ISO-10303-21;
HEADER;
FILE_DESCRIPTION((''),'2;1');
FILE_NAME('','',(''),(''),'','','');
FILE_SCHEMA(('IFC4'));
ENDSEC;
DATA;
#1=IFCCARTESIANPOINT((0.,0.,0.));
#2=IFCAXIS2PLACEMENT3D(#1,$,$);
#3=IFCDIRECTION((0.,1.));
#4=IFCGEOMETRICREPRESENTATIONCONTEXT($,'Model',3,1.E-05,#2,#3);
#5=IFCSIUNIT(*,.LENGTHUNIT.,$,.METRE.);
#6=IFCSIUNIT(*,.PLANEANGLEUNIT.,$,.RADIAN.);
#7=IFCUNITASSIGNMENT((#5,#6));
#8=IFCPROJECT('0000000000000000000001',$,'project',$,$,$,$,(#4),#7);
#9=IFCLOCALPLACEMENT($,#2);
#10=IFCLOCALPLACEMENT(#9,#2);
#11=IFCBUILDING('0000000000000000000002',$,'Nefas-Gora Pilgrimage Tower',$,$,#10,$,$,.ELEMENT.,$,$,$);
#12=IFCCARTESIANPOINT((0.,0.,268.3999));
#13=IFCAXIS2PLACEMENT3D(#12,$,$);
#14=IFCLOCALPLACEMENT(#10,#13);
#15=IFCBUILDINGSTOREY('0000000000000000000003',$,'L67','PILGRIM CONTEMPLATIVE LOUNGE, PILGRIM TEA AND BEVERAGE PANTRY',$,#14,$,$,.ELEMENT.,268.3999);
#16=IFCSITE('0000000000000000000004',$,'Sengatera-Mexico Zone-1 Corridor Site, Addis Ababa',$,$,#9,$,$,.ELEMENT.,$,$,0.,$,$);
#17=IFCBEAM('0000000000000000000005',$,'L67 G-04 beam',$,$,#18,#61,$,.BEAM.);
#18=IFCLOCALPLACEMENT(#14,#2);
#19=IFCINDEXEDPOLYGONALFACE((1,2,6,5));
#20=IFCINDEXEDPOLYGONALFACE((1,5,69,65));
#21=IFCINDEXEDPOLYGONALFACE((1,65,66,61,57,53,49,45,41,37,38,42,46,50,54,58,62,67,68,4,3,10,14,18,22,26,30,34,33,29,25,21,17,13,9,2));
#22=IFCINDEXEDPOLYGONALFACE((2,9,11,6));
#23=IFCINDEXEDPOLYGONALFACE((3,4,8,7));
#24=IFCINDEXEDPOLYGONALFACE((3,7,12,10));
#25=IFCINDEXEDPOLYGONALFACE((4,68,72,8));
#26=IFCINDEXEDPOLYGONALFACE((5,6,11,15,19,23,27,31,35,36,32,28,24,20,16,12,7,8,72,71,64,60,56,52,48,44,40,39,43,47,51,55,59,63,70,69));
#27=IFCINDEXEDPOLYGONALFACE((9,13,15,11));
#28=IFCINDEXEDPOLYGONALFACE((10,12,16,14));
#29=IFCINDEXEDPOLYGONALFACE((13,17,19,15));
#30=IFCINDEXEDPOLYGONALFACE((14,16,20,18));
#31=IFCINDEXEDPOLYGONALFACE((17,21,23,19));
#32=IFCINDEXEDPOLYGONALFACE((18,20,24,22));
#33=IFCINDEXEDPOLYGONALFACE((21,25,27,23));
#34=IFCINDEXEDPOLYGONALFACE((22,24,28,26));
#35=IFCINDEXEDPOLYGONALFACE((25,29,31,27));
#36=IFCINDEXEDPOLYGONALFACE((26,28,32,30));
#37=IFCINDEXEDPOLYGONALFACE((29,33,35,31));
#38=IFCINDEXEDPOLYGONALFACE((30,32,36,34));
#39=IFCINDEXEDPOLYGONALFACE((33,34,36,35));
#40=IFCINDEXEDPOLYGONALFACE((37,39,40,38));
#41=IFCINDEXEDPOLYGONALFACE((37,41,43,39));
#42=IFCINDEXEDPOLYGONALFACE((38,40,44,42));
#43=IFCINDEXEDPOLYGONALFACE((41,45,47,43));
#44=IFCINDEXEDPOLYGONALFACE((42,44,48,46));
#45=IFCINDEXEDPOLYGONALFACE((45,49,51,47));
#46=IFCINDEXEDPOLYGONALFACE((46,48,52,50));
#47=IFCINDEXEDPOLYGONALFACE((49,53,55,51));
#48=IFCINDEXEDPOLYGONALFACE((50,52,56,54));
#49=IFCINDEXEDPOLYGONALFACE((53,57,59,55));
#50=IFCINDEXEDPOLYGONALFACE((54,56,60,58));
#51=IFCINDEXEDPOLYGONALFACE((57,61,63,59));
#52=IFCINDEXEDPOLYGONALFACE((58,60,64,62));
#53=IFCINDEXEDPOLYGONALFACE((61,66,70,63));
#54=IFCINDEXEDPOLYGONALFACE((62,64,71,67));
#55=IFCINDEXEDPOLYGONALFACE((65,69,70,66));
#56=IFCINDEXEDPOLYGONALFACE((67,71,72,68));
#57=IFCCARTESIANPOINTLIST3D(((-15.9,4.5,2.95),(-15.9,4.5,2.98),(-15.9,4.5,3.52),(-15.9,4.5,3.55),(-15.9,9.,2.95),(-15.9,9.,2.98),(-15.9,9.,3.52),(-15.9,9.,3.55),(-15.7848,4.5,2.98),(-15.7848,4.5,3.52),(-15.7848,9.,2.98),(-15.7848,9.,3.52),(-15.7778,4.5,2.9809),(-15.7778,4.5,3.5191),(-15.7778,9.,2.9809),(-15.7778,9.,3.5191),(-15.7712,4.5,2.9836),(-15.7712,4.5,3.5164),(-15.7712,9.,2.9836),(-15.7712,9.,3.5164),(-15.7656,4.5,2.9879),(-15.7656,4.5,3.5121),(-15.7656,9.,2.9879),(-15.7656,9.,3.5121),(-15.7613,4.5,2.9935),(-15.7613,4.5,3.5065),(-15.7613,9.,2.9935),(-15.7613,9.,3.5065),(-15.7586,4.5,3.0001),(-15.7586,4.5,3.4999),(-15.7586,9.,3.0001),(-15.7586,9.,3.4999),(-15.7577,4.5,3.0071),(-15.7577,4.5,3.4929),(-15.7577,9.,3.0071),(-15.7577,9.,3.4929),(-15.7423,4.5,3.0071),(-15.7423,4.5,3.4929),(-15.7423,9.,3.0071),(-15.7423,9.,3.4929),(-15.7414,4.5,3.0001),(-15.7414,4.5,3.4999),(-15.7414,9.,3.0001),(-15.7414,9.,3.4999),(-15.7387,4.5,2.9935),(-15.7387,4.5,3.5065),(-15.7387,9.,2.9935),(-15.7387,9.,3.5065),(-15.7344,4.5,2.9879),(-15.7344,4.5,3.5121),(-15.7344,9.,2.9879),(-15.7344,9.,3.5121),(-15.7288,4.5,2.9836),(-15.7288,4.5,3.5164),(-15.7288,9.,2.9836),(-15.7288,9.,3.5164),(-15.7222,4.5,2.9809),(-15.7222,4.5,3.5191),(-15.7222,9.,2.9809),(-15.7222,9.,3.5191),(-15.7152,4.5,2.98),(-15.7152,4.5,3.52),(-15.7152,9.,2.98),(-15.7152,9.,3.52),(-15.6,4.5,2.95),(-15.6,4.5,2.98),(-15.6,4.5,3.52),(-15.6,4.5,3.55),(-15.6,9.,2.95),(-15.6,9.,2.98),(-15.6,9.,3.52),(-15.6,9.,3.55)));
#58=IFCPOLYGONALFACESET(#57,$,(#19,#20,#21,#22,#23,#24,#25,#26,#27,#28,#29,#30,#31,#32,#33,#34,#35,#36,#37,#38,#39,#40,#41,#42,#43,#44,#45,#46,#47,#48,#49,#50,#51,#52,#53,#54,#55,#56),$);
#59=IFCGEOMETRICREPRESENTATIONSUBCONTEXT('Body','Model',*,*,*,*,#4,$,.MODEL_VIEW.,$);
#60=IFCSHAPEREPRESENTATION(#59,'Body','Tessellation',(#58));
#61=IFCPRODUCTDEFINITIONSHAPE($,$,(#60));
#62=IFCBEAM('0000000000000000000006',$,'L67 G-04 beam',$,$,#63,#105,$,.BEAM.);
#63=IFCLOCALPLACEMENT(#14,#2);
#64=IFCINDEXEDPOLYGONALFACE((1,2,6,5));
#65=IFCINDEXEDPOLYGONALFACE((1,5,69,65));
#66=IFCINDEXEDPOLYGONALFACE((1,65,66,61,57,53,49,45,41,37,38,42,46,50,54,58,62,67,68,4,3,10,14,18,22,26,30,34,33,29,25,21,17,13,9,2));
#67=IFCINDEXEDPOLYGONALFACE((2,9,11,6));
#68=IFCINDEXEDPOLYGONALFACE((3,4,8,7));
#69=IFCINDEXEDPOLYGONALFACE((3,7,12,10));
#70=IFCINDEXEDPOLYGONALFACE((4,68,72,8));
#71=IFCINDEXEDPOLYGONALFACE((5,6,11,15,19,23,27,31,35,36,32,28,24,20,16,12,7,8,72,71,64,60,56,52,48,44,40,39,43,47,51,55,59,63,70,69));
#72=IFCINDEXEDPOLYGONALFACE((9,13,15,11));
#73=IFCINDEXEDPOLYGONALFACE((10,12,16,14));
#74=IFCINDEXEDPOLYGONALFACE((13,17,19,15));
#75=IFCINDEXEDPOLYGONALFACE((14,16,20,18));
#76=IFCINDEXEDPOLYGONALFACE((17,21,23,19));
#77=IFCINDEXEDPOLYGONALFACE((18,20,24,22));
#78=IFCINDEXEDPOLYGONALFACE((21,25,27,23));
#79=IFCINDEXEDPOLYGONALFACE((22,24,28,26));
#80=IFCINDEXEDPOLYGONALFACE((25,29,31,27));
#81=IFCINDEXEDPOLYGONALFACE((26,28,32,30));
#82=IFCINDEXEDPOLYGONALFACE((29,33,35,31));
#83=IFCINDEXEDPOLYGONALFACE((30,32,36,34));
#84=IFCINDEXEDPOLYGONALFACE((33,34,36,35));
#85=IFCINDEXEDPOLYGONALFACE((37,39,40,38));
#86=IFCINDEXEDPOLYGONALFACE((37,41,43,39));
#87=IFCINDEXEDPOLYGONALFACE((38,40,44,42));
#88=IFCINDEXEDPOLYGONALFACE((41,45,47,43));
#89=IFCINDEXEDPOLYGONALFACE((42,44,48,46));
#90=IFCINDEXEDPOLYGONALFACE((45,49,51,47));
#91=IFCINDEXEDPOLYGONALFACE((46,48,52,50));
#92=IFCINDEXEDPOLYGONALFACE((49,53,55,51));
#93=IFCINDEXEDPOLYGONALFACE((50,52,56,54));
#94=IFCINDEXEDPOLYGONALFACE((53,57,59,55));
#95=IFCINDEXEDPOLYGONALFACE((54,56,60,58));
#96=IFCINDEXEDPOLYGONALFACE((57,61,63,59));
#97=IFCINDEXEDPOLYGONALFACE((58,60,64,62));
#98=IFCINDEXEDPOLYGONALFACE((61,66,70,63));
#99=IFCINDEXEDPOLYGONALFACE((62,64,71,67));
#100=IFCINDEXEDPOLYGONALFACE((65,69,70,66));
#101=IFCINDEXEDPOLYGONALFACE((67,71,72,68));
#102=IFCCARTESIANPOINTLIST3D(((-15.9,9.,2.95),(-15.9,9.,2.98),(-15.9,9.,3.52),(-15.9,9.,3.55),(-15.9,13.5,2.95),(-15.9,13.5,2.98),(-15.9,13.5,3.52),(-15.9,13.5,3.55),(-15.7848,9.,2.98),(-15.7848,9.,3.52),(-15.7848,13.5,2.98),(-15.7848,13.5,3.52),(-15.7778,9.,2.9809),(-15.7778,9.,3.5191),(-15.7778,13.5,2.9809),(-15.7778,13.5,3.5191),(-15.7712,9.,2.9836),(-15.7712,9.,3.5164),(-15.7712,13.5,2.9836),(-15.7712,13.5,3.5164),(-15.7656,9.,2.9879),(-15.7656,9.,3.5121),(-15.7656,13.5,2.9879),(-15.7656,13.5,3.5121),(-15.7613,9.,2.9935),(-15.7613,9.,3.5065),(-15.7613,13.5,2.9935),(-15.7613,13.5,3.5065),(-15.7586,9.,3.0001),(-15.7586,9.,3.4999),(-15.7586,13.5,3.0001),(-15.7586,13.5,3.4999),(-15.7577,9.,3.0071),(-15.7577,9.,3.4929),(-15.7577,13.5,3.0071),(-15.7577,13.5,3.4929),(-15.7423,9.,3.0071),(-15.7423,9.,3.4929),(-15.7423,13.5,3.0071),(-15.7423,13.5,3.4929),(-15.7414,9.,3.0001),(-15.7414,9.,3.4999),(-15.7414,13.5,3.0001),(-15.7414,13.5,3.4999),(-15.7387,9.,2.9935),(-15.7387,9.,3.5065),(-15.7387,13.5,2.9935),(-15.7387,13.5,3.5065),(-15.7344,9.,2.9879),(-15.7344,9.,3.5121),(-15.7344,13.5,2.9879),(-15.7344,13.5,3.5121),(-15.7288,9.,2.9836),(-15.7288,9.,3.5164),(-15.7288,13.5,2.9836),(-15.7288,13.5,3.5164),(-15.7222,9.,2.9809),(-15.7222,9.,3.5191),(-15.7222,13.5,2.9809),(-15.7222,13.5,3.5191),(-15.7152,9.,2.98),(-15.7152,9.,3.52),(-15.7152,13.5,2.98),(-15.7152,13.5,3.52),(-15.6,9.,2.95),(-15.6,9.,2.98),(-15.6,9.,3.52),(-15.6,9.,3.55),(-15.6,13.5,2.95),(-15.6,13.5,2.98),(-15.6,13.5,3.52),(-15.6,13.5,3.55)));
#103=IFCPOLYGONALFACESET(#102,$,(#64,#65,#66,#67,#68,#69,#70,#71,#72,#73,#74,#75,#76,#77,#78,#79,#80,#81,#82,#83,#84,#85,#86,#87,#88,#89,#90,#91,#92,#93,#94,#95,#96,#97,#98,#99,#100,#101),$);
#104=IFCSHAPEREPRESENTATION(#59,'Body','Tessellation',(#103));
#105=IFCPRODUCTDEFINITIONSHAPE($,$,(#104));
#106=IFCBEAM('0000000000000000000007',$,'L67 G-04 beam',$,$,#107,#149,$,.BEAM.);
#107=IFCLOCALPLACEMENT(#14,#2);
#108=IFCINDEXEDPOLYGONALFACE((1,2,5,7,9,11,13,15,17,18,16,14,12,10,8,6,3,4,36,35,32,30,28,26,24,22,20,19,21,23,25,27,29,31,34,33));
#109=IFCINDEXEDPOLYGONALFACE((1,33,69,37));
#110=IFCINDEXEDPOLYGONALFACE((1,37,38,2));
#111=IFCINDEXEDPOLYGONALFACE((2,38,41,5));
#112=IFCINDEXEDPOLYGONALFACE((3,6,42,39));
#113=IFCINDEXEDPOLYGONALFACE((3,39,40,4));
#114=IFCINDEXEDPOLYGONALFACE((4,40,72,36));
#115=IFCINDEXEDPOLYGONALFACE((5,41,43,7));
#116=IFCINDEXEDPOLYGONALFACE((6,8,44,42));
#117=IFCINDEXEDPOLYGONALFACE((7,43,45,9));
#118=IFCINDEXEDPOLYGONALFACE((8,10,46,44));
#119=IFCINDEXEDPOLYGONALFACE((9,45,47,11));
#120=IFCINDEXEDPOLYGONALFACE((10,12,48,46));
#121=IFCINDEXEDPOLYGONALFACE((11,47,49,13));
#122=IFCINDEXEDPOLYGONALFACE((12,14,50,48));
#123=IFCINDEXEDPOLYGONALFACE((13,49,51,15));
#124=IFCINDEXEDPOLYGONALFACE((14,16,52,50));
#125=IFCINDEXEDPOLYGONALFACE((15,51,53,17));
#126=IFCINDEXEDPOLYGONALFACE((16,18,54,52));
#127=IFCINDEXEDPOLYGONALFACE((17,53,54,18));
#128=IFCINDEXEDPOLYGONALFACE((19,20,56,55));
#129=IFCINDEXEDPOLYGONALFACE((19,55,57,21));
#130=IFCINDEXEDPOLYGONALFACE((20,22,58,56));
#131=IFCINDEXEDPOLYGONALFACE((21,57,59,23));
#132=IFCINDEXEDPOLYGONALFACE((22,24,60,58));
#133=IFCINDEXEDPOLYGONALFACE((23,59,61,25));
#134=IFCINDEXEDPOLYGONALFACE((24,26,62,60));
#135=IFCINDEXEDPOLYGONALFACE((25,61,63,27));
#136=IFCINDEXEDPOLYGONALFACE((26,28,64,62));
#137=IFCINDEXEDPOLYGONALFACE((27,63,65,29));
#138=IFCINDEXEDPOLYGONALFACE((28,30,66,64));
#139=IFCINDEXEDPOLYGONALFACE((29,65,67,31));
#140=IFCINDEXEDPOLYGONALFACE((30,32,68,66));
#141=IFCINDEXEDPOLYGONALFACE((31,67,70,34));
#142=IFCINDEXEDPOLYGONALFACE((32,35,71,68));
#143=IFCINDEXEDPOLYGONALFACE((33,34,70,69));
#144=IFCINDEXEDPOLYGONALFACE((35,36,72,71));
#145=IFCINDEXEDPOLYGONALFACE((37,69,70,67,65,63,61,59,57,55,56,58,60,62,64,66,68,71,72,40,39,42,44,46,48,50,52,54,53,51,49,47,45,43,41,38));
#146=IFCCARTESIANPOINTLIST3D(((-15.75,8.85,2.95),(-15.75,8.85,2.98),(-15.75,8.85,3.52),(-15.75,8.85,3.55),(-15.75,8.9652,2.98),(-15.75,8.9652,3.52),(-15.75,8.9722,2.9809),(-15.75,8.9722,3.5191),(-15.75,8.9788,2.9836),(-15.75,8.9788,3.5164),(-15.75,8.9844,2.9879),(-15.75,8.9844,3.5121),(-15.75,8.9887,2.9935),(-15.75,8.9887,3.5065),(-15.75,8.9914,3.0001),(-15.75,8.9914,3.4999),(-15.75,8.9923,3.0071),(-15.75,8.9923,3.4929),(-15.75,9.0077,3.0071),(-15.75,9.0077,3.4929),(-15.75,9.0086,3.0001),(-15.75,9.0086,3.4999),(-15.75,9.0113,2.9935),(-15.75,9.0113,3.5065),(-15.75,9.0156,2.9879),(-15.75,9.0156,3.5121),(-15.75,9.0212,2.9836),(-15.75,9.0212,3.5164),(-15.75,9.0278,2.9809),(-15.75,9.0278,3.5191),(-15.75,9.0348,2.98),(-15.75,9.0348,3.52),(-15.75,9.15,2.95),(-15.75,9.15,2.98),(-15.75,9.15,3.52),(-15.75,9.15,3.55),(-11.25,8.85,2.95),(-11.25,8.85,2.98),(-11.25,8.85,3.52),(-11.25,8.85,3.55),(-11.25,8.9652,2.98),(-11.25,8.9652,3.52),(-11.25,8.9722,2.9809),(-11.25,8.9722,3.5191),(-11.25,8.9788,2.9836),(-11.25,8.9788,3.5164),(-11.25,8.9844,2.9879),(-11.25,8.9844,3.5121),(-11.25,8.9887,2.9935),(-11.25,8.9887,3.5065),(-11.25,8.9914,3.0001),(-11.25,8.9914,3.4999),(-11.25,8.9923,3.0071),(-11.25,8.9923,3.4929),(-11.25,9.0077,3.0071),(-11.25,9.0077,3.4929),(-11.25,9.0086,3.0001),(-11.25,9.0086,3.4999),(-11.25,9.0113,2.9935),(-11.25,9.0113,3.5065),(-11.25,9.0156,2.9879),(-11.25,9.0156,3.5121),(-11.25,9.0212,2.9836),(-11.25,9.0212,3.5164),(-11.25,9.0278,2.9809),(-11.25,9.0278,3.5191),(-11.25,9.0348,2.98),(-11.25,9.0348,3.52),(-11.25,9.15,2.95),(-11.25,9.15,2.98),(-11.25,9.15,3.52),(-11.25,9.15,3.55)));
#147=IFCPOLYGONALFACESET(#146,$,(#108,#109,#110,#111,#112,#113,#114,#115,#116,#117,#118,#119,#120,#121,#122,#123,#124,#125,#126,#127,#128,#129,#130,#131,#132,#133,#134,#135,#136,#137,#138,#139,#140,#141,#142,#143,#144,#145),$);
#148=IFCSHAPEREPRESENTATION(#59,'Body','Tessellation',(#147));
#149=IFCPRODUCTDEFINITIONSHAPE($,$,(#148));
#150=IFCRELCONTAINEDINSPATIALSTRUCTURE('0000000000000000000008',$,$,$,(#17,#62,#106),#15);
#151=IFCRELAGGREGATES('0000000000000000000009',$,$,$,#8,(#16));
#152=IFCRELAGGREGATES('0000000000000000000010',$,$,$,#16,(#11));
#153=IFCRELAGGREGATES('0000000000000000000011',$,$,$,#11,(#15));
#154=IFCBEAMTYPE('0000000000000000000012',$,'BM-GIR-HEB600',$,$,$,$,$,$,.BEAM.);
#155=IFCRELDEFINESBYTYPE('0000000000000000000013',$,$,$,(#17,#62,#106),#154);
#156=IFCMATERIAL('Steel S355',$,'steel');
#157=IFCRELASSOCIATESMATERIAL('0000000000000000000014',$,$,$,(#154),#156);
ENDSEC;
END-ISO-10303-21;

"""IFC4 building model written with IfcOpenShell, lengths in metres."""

from ifc_helpers import new_model, si_unit, direction, frame, origin, origin_2d, place, context, subcontext, project, spatial, i_section, extrude, source, transform, mapped, material, material_profile, profile_set, type_object, element, save


model = new_model("IFC4")

# Units and contexts
model_context = context("Model", 3, precision=1e-05, world=origin(), true_north=direction((0.0, 1.0)))
body_context = subcontext(model_context, "Body", "Model", "MODEL_VIEW")
ifc_project = project(units=[si_unit("LENGTHUNIT", "METRE"), si_unit("PLANEANGLEUNIT", "RADIAN")], contexts=[model_context])

# Site, building, storey
site_placement = place(None, origin())
site = spatial("IfcSite", under=ifc_project, at=site_placement, Name="Sengatera-Mexico Zone-1 Corridor Site, Addis Ababa", CompositionType="ELEMENT", RefElevation=0.0)
building_placement = place(site_placement, origin())
building = spatial("IfcBuilding", under=site, at=building_placement, Name="Nefas-Gora Pilgrimage Tower", CompositionType="ELEMENT")
storey_placement = place(building_placement, frame((0.0, 0.0, 268.3999)))
storey = spatial("IfcBuildingStorey", under=building, at=storey_placement, Name="L67", Description="PILGRIM CONTEMPLATIVE LOUNGE, PILGRIM TEA AND BEVERAGE PANTRY", CompositionType="ELEMENT", Elevation=268.3999)

# Shared definitions
ifc_material_1 = material(Name="Steel S355", Category="steel")

# Beams
ifc_material_profile_1 = material_profile(ifc_material_1, i_section(OverallWidth=0.3, OverallDepth=0.6001, WebThickness=0.0154, FlangeThickness=0.03, FilletRadius=0.0271, at=origin_2d()), Name="HEB 600")
ifc_profile_set_1 = profile_set([ifc_material_profile_1], Name="Steel S355")
beam_type_1 = type_object("IfcBeamType", Name="BM-GIR-HEB600", PredefinedType="BEAM", material=ifc_profile_set_1)
shared_shape_1 = source(origin(), body_context, "Body", "SweptSolid", [
    extrude(i_section(OverallWidth=0.3, OverallDepth=0.6001, WebThickness=0.0154, FlangeThickness=0.03, FilletRadius=0.0271, at=origin_2d()), origin(), (0.0, 0.0, 1.0), 4.5),
])
for number, where, z_axis, x_axis, name in (
    (1, (-15.75, 4.5, 3.25), (0.0, 1.0, 0.0), (-1.0, 0.0, 0.0), "L67 G-04 beam"),
    (2, (-15.75, 9.0, 3.25), (0.0, 1.0, 0.0), (-1.0, 0.0, 0.0), "L67 G-04 beam"),
    (3, (-15.75, 9.0, 3.25), (1.0, 0.0, 0.0), (0.0, 1.0, 0.0), "L67 G-04 beam"),
):
    element("IfcBeam", number, at=place(storey_placement, frame(where, z_axis=z_axis, x_axis=x_axis)), inside=storey, type_object=beam_type_1, Name=name, PredefinedType="BEAM", context=body_context, shape_type="MappedRepresentation", body=[
        mapped(shared_shape_1, transform((0.0, 0.0, 0.0), x_axis=(1.0, 0.0, 0.0), y_axis=(0.0, 1.0, 0.0), z_axis=(0.0, 0.0, 1.0), scale=1.0)),
    ])

save(model, "model.ifc")
